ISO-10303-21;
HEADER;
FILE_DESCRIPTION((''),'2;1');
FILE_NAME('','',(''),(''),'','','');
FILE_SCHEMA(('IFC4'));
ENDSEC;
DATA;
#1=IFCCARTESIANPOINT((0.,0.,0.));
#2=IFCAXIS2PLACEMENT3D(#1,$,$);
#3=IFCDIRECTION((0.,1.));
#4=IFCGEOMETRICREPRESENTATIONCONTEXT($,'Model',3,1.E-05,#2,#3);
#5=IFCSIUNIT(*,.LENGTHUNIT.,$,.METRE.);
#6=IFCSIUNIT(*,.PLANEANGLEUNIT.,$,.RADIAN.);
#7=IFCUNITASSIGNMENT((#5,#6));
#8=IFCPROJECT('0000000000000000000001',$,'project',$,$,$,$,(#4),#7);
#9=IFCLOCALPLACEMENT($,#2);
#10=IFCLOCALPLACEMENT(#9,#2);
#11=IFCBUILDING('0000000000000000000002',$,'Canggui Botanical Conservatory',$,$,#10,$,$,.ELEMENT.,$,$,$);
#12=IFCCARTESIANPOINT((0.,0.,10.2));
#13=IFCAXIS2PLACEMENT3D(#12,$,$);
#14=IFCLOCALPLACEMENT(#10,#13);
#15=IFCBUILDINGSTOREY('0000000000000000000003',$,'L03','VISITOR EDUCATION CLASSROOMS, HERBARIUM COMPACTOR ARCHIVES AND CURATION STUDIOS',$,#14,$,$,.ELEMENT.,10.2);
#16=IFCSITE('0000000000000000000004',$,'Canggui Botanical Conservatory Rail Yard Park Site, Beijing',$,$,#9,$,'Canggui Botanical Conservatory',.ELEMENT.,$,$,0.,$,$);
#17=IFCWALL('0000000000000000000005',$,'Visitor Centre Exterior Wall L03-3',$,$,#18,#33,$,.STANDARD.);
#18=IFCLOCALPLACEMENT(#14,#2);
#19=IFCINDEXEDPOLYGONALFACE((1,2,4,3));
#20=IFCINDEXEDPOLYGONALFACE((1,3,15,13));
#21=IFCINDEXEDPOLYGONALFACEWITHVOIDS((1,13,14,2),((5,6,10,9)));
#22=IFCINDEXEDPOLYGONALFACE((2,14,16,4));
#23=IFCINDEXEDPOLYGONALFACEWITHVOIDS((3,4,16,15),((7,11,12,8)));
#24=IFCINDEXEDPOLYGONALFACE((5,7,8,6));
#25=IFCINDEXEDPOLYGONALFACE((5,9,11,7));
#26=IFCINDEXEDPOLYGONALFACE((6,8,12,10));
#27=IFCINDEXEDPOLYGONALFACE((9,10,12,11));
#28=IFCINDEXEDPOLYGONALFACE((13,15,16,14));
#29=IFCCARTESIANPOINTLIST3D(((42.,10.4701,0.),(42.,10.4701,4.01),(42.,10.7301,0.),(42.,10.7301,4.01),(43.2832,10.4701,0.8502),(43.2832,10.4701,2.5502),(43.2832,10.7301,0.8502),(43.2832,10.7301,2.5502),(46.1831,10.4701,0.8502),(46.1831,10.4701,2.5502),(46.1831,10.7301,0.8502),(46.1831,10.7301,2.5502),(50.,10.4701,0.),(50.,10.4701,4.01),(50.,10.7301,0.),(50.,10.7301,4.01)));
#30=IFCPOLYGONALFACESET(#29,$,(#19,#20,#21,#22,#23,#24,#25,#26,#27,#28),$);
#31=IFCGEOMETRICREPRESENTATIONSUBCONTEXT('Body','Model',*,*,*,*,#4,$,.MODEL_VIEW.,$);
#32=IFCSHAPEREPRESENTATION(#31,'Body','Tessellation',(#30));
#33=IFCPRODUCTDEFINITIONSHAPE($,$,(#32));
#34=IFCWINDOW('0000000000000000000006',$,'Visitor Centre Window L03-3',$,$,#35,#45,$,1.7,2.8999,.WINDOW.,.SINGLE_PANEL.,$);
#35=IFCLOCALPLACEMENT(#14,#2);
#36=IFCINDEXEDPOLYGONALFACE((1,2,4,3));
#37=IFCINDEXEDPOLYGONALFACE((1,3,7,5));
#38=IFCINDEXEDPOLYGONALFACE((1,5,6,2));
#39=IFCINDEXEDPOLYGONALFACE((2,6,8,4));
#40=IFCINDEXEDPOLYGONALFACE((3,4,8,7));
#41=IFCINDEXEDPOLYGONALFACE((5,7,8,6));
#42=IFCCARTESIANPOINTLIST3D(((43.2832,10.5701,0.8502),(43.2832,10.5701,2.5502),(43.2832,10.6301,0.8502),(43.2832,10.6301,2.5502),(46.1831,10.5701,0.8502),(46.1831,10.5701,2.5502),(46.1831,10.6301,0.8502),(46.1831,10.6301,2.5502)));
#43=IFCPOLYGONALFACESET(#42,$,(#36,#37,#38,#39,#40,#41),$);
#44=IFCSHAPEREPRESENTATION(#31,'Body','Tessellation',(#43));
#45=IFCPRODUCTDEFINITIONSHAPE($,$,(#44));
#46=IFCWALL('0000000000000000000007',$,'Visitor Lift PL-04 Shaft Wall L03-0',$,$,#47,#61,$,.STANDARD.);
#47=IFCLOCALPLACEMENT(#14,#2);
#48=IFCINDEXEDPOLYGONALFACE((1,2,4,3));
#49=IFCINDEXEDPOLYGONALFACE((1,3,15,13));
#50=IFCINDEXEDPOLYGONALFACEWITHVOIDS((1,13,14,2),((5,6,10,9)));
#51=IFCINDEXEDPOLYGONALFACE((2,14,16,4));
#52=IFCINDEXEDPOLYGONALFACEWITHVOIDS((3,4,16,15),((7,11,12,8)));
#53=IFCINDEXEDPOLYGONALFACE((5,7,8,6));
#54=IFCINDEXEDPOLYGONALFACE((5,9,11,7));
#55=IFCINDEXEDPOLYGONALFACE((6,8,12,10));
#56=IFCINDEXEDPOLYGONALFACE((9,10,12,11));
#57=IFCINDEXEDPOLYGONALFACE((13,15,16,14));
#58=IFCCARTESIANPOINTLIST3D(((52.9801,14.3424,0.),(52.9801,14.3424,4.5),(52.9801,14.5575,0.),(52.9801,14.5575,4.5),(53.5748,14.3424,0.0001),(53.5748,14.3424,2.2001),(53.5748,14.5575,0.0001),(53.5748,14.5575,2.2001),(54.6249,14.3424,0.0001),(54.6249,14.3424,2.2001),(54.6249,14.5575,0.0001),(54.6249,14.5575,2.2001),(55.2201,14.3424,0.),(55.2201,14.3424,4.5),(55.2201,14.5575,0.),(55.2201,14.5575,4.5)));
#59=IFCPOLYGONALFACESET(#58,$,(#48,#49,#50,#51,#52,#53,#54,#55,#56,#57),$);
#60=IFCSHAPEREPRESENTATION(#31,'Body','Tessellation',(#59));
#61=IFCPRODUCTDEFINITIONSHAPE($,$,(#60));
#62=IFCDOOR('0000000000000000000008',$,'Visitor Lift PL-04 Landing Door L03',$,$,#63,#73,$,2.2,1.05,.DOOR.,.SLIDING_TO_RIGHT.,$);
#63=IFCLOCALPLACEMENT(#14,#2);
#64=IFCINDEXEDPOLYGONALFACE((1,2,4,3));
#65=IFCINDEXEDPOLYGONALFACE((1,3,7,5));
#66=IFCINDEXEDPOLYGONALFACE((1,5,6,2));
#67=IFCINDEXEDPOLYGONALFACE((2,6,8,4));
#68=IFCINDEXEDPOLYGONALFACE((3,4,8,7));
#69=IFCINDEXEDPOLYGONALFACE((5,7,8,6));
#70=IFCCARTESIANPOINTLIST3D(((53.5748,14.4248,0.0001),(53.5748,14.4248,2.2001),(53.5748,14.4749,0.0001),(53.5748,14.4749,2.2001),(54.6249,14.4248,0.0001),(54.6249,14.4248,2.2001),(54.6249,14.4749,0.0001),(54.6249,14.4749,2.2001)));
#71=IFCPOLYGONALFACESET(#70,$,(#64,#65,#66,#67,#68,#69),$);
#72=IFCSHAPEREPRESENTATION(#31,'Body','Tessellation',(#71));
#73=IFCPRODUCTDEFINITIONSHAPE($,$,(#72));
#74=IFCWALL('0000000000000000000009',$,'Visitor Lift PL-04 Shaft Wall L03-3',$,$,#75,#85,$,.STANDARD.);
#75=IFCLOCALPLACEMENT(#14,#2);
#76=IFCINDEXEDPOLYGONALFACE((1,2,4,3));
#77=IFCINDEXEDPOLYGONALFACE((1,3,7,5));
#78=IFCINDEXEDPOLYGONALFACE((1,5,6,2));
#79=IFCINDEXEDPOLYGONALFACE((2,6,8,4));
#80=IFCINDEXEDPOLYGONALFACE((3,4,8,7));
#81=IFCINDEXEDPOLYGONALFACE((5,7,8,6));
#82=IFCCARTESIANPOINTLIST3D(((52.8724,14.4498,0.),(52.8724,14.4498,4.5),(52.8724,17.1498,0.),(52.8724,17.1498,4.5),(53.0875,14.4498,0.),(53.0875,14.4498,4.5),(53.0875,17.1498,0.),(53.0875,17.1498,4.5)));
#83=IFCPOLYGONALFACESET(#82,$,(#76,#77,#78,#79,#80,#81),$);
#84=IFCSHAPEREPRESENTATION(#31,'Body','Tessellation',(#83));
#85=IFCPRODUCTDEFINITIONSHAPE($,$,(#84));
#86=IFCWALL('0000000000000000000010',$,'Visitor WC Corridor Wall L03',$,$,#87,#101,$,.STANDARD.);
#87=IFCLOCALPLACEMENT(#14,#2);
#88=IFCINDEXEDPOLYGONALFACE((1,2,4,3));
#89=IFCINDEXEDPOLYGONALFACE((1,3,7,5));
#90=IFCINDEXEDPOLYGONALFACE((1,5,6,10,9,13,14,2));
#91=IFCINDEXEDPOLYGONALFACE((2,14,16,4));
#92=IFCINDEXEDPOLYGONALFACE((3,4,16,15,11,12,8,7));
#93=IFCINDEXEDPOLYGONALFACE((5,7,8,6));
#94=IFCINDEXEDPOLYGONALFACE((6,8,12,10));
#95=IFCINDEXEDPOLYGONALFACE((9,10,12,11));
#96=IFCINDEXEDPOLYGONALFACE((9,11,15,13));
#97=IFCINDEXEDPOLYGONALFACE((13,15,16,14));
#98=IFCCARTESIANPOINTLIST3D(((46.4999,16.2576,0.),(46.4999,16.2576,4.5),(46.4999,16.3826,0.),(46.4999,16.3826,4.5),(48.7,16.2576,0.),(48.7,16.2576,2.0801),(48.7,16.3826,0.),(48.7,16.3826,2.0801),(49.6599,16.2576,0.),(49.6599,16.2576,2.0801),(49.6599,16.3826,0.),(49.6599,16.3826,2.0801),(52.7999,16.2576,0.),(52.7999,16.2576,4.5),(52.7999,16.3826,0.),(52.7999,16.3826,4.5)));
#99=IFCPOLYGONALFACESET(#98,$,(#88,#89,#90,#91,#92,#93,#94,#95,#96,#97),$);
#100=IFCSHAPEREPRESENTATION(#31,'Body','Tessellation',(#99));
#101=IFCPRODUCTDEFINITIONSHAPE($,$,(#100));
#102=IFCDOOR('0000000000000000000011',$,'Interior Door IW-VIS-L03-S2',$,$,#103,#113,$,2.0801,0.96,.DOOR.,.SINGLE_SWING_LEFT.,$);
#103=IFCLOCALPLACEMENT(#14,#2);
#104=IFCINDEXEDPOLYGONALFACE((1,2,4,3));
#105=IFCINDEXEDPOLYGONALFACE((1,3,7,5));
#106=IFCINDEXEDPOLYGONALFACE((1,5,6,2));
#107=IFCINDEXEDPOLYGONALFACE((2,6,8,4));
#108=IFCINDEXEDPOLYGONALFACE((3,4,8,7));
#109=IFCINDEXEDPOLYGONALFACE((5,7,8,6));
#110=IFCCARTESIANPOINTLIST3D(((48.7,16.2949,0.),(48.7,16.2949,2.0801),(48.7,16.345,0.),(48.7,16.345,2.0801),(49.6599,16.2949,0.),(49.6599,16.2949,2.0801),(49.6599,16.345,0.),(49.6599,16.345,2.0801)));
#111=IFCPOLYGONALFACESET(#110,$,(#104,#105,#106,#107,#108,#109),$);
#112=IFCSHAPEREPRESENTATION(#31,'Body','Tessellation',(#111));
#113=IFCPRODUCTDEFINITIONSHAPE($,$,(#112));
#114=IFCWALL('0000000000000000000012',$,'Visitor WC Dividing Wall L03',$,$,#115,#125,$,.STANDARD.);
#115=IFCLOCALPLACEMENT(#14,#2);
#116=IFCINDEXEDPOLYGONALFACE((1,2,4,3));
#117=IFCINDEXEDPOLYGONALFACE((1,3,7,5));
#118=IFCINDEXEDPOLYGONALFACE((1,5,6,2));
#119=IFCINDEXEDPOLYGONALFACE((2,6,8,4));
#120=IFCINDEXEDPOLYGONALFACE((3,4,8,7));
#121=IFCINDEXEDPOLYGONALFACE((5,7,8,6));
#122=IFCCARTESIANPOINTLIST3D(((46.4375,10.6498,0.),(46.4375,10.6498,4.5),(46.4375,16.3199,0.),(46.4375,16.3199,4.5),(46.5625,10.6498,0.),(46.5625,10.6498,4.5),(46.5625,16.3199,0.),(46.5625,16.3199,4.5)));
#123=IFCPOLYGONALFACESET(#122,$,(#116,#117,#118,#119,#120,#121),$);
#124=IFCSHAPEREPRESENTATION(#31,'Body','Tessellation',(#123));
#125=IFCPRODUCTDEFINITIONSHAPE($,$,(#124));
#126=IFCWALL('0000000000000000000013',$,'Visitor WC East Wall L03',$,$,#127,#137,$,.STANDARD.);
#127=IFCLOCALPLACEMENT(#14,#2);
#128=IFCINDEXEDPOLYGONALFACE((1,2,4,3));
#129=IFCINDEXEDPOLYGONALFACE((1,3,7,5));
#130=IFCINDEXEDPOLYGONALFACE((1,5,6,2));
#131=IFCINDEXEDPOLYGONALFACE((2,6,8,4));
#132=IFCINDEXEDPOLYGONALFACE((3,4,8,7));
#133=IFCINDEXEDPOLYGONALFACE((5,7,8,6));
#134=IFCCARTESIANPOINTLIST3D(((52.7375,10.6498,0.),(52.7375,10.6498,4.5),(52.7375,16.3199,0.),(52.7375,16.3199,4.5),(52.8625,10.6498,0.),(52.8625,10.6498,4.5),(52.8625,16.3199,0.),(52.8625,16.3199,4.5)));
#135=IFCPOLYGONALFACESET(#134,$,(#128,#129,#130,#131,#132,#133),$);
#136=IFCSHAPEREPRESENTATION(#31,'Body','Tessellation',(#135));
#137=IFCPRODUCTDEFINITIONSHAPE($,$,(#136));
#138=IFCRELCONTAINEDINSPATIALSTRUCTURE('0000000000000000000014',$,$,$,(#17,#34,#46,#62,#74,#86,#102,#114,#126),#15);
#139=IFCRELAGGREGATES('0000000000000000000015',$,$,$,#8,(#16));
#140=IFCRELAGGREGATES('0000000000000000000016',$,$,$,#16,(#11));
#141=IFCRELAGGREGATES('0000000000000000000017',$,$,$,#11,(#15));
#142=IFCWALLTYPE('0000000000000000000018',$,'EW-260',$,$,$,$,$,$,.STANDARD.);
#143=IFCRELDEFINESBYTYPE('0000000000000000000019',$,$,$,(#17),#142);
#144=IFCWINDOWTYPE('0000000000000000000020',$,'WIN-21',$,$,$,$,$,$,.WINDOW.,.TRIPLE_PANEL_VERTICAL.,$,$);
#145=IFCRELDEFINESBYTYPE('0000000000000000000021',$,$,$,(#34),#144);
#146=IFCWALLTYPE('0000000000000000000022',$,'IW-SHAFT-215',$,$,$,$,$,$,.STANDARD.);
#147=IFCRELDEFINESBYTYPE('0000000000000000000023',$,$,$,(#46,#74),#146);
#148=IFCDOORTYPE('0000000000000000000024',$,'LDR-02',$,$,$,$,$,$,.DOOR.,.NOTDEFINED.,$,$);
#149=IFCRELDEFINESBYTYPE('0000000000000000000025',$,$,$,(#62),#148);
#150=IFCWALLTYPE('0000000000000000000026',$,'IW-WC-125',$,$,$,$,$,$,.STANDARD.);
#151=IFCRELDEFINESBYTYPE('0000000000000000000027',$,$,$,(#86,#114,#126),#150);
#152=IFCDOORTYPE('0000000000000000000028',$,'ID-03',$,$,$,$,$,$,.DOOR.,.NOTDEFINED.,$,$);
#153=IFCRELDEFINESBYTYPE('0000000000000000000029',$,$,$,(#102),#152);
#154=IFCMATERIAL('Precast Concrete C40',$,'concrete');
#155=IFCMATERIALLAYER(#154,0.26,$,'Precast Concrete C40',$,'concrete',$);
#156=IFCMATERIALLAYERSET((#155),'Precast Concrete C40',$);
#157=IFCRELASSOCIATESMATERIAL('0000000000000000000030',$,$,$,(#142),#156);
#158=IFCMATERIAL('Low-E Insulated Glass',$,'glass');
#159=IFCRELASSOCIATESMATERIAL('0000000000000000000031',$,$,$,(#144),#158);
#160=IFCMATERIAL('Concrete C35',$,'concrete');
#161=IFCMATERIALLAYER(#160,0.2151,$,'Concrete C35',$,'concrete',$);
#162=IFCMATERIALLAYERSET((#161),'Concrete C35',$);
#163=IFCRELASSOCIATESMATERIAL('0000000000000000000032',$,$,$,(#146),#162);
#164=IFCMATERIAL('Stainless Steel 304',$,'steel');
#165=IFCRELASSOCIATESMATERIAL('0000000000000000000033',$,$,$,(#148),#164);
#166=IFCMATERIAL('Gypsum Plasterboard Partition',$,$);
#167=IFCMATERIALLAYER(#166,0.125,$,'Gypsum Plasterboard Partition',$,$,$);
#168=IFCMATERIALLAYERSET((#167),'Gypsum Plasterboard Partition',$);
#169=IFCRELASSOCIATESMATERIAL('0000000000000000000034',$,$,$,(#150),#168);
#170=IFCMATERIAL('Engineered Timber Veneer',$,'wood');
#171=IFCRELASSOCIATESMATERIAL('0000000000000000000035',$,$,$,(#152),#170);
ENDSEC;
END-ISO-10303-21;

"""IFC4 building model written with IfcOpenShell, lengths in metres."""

from ifc_helpers import new_model, si_unit, direction, frame, frame_2d, origin, place, context, subcontext, project, spatial, rectangle, extrude, material, layer, layer_set, type_object, element, fill, save


model = new_model("IFC4")

# Units and contexts
model_context = context("Model", 3, precision=1e-05, world=origin(), true_north=direction((0.0, 1.0)))
body_context = subcontext(model_context, "Body", "Model", "MODEL_VIEW")
ifc_project = project(units=[si_unit("LENGTHUNIT", "METRE"), si_unit("PLANEANGLEUNIT", "RADIAN")], contexts=[model_context])

# Site, building, storey
site_placement = place(None, origin())
site = spatial("IfcSite", under=ifc_project, at=site_placement, Name="Canggui Botanical Conservatory Rail Yard Park Site, Beijing", LongName="Canggui Botanical Conservatory", CompositionType="ELEMENT", RefElevation=0.0)
building_placement = place(site_placement, origin())
building = spatial("IfcBuilding", under=site, at=building_placement, Name="Canggui Botanical Conservatory", CompositionType="ELEMENT")
storey_placement = place(building_placement, frame((0.0, 0.0, 10.2)))
storey = spatial("IfcBuildingStorey", under=building, at=storey_placement, Name="L03", Description="VISITOR EDUCATION CLASSROOMS, HERBARIUM COMPACTOR ARCHIVES AND CURATION STUDIOS", CompositionType="ELEMENT", Elevation=10.2)

# Shared definitions
ifc_material_1 = material(Name="Concrete C35", Category="concrete")

# Wall, opening, window
ifc_material_2 = material(Name="Precast Concrete C40", Category="concrete")
ifc_layer_1 = layer(ifc_material_2, 0.26, Name="Precast Concrete C40", Category="concrete")
ifc_layer_set_1 = layer_set([ifc_layer_1], Name="Precast Concrete C40")
wall_type_1 = type_object("IfcWallType", Name="EW-260", PredefinedType="STANDARD", material=ifc_layer_set_1)
wall_1_placement = place(storey_placement, frame((50.0, 10.6001, 0.0), z_axis=(0.0, 0.0, 1.0), x_axis=(-1.0, 0.0, 0.0)))
wall_1 = element("IfcWall", 1, at=wall_1_placement, inside=storey, type_object=wall_type_1, Name="Visitor Centre Exterior Wall L03-3", PredefinedType="STANDARD", context=body_context, shape_type="SweptSolid", body=[
    extrude(rectangle(XDim=8.0, YDim=0.26, at=frame_2d((4.0, 0.0))), origin(), (0.0, 0.0, 1.0), 4.01),
])
opening_1_placement = place(wall_1_placement, frame((3.8169, 0.0, 0.8501)))
opening_1 = element("IfcOpeningElement", 2, at=opening_1_placement, cuts=wall_1, PredefinedType="OPENING", context=body_context, shape_type="SweptSolid", body=[
    extrude(rectangle(XDim=2.8999, YDim=1.7, at=frame_2d((1.45, 0.8501))), frame((0.0, 0.1401, 0.0), z_axis=(0.0, -1.0, 0.0), x_axis=(1.0, 0.0, 0.0)), (0.0, 0.0, 1.0), 0.28),
])
ifc_material_3 = material(Name="Low-E Insulated Glass", Category="glass")
window_type = type_object("IfcWindowType", Name="WIN-21", PartitioningType="TRIPLE_PANEL_VERTICAL", PredefinedType="WINDOW", material=ifc_material_3)
window_placement = place(opening_1_placement, origin())
window = element("IfcWindow", 3, at=window_placement, inside=storey, type_object=window_type, Name="Visitor Centre Window L03-3", OverallHeight=1.7, OverallWidth=2.8999, PartitioningType="SINGLE_PANEL", PredefinedType="WINDOW", context=body_context, shape_type="SweptSolid", body=[
    extrude(rectangle(XDim=2.8999, YDim=1.7, at=frame_2d((1.45, 0.8501))), frame((0.0, 0.03, 0.0), z_axis=(0.0, -1.0, 0.0), x_axis=(1.0, 0.0, 0.0)), (0.0, 0.0, 1.0), 0.0601),
])
fill(opening_1, window)

# Wall, opening, door
ifc_layer_2 = layer(ifc_material_1, 0.2151, Name="Concrete C35", Category="concrete")
ifc_layer_set_2 = layer_set([ifc_layer_2], Name="Concrete C35")
wall_type_2 = type_object("IfcWallType", Name="IW-SHAFT-215", PredefinedType="STANDARD", material=ifc_layer_set_2)
wall_2_placement = place(storey_placement, frame((52.98, 14.45, 0.0), z_axis=(0.0, 0.0, 1.0), x_axis=(1.0, 0.0, 0.0)))
wall_2 = element("IfcWall", 4, at=wall_2_placement, inside=storey, type_object=wall_type_2, Name="Visitor Lift PL-04 Shaft Wall L03-0", PredefinedType="STANDARD", context=body_context, shape_type="SweptSolid", body=[
    extrude(rectangle(XDim=2.24, YDim=0.2151, at=frame_2d((1.1201, 0.0))), origin(), (0.0, 0.0, 1.0), 4.5),
])
opening_2_placement = place(wall_2_placement, frame((0.595, 0.0, 0.0)))
opening_2 = element("IfcOpeningElement", 5, at=opening_2_placement, cuts=wall_2, PredefinedType="OPENING", context=body_context, shape_type="SweptSolid", body=[
    extrude(rectangle(XDim=1.05, YDim=2.2, at=frame_2d((0.5249, 1.1001))), frame((0.0, 0.1177, 0.0), z_axis=(0.0, -1.0, 0.0), x_axis=(1.0, 0.0, 0.0)), (0.0, 0.0, 1.0), 0.2351),
])
ifc_material_4 = material(Name="Stainless Steel 304", Category="steel")
door_type_1 = type_object("IfcDoorType", Name="LDR-02", OperationType="NOTDEFINED", PredefinedType="DOOR", material=ifc_material_4)
door_1_placement = place(opening_2_placement, origin())
door_1 = element("IfcDoor", 6, at=door_1_placement, inside=storey, type_object=door_type_1, Name="Visitor Lift PL-04 Landing Door L03", OperationType="SLIDING_TO_RIGHT", OverallHeight=2.2, OverallWidth=1.05, PredefinedType="DOOR", context=body_context, shape_type="SweptSolid", body=[
    extrude(rectangle(XDim=1.05, YDim=2.2, at=frame_2d((0.5249, 1.1001))), frame((0.0, 0.0249, 0.0), z_axis=(0.0, -1.0, 0.0), x_axis=(1.0, 0.0, 0.0)), (0.0, 0.0, 1.0), 0.05),
])
fill(opening_2, door_1)

# Wall
wall_3_placement = place(storey_placement, frame((52.98, 17.1499, 0.0), z_axis=(0.0, 0.0, 1.0), x_axis=(0.0, -1.0, 0.0)))
element("IfcWall", 7, at=wall_3_placement, inside=storey, type_object=wall_type_2, Name="Visitor Lift PL-04 Shaft Wall L03-3", PredefinedType="STANDARD", context=body_context, shape_type="SweptSolid", body=[
    extrude(rectangle(XDim=2.7, YDim=0.2151, at=frame_2d((1.3501, 0.0))), origin(), (0.0, 0.0, 1.0), 4.5),
])

# Wall, opening, door
ifc_material_5 = material(Name="Gypsum Plasterboard Partition")
ifc_layer_3 = layer(ifc_material_5, 0.125, Name="Gypsum Plasterboard Partition")
ifc_layer_set_3 = layer_set([ifc_layer_3], Name="Gypsum Plasterboard Partition")
wall_type_3 = type_object("IfcWallType", Name="IW-WC-125", PredefinedType="STANDARD", material=ifc_layer_set_3)
wall_4_placement = place(storey_placement, frame((46.5, 16.3201, 0.0), z_axis=(0.0, 0.0, 1.0), x_axis=(1.0, 0.0, 0.0)))
wall_4 = element("IfcWall", 8, at=wall_4_placement, inside=storey, type_object=wall_type_3, Name="Visitor WC Corridor Wall L03", PredefinedType="STANDARD", context=body_context, shape_type="SweptSolid", body=[
    extrude(rectangle(XDim=6.3, YDim=0.125, at=frame_2d((3.1499, 0.0))), origin(), (0.0, 0.0, 1.0), 4.5),
])
opening_3_placement = place(wall_4_placement, frame((2.2, 0.0, 0.0)))
opening_3 = element("IfcOpeningElement", 9, at=opening_3_placement, cuts=wall_4, PredefinedType="OPENING", context=body_context, shape_type="SweptSolid", body=[
    extrude(rectangle(XDim=0.96, YDim=2.0801, at=frame_2d((0.48, 1.04))), frame((0.0, 0.0725, 0.0), z_axis=(0.0, -1.0, 0.0), x_axis=(1.0, 0.0, 0.0)), (0.0, 0.0, 1.0), 0.145),
])
ifc_material_6 = material(Name="Engineered Timber Veneer", Category="wood")
door_type_2 = type_object("IfcDoorType", Name="ID-03", OperationType="NOTDEFINED", PredefinedType="DOOR", material=ifc_material_6)
door_2_placement = place(opening_3_placement, origin())
door_2 = element("IfcDoor", 10, at=door_2_placement, inside=storey, type_object=door_type_2, Name="Interior Door IW-VIS-L03-S2", OperationType="SINGLE_SWING_LEFT", OverallHeight=2.0801, OverallWidth=0.96, PredefinedType="DOOR", context=body_context, shape_type="SweptSolid", body=[
    extrude(rectangle(XDim=0.96, YDim=2.0801, at=frame_2d((0.48, 1.04))), frame((0.0, 0.0249, 0.0), z_axis=(0.0, -1.0, 0.0), x_axis=(1.0, 0.0, 0.0)), (0.0, 0.0, 1.0), 0.05),
])
fill(opening_3, door_2)

# Walls
for number, where, z_axis, x_axis, name in (
    (11, (46.5, 10.6499, 0.0), (0.0, 0.0, 1.0), (0.0, 1.0, 0.0), "Visitor WC Dividing Wall L03"),
    (12, (52.8, 10.6499, 0.0), (0.0, 0.0, 1.0), (0.0, 1.0, 0.0), "Visitor WC East Wall L03"),
):
    element("IfcWall", number, at=place(storey_placement, frame(where, z_axis=z_axis, x_axis=x_axis)), inside=storey, type_object=wall_type_3, Name=name, PredefinedType="STANDARD", context=body_context, shape_type="SweptSolid", body=[
        extrude(rectangle(XDim=5.6702, YDim=0.125, at=frame_2d((2.835, 0.0))), origin(), (0.0, 0.0, 1.0), 4.5),
    ])

save(model, "model.ifc")
